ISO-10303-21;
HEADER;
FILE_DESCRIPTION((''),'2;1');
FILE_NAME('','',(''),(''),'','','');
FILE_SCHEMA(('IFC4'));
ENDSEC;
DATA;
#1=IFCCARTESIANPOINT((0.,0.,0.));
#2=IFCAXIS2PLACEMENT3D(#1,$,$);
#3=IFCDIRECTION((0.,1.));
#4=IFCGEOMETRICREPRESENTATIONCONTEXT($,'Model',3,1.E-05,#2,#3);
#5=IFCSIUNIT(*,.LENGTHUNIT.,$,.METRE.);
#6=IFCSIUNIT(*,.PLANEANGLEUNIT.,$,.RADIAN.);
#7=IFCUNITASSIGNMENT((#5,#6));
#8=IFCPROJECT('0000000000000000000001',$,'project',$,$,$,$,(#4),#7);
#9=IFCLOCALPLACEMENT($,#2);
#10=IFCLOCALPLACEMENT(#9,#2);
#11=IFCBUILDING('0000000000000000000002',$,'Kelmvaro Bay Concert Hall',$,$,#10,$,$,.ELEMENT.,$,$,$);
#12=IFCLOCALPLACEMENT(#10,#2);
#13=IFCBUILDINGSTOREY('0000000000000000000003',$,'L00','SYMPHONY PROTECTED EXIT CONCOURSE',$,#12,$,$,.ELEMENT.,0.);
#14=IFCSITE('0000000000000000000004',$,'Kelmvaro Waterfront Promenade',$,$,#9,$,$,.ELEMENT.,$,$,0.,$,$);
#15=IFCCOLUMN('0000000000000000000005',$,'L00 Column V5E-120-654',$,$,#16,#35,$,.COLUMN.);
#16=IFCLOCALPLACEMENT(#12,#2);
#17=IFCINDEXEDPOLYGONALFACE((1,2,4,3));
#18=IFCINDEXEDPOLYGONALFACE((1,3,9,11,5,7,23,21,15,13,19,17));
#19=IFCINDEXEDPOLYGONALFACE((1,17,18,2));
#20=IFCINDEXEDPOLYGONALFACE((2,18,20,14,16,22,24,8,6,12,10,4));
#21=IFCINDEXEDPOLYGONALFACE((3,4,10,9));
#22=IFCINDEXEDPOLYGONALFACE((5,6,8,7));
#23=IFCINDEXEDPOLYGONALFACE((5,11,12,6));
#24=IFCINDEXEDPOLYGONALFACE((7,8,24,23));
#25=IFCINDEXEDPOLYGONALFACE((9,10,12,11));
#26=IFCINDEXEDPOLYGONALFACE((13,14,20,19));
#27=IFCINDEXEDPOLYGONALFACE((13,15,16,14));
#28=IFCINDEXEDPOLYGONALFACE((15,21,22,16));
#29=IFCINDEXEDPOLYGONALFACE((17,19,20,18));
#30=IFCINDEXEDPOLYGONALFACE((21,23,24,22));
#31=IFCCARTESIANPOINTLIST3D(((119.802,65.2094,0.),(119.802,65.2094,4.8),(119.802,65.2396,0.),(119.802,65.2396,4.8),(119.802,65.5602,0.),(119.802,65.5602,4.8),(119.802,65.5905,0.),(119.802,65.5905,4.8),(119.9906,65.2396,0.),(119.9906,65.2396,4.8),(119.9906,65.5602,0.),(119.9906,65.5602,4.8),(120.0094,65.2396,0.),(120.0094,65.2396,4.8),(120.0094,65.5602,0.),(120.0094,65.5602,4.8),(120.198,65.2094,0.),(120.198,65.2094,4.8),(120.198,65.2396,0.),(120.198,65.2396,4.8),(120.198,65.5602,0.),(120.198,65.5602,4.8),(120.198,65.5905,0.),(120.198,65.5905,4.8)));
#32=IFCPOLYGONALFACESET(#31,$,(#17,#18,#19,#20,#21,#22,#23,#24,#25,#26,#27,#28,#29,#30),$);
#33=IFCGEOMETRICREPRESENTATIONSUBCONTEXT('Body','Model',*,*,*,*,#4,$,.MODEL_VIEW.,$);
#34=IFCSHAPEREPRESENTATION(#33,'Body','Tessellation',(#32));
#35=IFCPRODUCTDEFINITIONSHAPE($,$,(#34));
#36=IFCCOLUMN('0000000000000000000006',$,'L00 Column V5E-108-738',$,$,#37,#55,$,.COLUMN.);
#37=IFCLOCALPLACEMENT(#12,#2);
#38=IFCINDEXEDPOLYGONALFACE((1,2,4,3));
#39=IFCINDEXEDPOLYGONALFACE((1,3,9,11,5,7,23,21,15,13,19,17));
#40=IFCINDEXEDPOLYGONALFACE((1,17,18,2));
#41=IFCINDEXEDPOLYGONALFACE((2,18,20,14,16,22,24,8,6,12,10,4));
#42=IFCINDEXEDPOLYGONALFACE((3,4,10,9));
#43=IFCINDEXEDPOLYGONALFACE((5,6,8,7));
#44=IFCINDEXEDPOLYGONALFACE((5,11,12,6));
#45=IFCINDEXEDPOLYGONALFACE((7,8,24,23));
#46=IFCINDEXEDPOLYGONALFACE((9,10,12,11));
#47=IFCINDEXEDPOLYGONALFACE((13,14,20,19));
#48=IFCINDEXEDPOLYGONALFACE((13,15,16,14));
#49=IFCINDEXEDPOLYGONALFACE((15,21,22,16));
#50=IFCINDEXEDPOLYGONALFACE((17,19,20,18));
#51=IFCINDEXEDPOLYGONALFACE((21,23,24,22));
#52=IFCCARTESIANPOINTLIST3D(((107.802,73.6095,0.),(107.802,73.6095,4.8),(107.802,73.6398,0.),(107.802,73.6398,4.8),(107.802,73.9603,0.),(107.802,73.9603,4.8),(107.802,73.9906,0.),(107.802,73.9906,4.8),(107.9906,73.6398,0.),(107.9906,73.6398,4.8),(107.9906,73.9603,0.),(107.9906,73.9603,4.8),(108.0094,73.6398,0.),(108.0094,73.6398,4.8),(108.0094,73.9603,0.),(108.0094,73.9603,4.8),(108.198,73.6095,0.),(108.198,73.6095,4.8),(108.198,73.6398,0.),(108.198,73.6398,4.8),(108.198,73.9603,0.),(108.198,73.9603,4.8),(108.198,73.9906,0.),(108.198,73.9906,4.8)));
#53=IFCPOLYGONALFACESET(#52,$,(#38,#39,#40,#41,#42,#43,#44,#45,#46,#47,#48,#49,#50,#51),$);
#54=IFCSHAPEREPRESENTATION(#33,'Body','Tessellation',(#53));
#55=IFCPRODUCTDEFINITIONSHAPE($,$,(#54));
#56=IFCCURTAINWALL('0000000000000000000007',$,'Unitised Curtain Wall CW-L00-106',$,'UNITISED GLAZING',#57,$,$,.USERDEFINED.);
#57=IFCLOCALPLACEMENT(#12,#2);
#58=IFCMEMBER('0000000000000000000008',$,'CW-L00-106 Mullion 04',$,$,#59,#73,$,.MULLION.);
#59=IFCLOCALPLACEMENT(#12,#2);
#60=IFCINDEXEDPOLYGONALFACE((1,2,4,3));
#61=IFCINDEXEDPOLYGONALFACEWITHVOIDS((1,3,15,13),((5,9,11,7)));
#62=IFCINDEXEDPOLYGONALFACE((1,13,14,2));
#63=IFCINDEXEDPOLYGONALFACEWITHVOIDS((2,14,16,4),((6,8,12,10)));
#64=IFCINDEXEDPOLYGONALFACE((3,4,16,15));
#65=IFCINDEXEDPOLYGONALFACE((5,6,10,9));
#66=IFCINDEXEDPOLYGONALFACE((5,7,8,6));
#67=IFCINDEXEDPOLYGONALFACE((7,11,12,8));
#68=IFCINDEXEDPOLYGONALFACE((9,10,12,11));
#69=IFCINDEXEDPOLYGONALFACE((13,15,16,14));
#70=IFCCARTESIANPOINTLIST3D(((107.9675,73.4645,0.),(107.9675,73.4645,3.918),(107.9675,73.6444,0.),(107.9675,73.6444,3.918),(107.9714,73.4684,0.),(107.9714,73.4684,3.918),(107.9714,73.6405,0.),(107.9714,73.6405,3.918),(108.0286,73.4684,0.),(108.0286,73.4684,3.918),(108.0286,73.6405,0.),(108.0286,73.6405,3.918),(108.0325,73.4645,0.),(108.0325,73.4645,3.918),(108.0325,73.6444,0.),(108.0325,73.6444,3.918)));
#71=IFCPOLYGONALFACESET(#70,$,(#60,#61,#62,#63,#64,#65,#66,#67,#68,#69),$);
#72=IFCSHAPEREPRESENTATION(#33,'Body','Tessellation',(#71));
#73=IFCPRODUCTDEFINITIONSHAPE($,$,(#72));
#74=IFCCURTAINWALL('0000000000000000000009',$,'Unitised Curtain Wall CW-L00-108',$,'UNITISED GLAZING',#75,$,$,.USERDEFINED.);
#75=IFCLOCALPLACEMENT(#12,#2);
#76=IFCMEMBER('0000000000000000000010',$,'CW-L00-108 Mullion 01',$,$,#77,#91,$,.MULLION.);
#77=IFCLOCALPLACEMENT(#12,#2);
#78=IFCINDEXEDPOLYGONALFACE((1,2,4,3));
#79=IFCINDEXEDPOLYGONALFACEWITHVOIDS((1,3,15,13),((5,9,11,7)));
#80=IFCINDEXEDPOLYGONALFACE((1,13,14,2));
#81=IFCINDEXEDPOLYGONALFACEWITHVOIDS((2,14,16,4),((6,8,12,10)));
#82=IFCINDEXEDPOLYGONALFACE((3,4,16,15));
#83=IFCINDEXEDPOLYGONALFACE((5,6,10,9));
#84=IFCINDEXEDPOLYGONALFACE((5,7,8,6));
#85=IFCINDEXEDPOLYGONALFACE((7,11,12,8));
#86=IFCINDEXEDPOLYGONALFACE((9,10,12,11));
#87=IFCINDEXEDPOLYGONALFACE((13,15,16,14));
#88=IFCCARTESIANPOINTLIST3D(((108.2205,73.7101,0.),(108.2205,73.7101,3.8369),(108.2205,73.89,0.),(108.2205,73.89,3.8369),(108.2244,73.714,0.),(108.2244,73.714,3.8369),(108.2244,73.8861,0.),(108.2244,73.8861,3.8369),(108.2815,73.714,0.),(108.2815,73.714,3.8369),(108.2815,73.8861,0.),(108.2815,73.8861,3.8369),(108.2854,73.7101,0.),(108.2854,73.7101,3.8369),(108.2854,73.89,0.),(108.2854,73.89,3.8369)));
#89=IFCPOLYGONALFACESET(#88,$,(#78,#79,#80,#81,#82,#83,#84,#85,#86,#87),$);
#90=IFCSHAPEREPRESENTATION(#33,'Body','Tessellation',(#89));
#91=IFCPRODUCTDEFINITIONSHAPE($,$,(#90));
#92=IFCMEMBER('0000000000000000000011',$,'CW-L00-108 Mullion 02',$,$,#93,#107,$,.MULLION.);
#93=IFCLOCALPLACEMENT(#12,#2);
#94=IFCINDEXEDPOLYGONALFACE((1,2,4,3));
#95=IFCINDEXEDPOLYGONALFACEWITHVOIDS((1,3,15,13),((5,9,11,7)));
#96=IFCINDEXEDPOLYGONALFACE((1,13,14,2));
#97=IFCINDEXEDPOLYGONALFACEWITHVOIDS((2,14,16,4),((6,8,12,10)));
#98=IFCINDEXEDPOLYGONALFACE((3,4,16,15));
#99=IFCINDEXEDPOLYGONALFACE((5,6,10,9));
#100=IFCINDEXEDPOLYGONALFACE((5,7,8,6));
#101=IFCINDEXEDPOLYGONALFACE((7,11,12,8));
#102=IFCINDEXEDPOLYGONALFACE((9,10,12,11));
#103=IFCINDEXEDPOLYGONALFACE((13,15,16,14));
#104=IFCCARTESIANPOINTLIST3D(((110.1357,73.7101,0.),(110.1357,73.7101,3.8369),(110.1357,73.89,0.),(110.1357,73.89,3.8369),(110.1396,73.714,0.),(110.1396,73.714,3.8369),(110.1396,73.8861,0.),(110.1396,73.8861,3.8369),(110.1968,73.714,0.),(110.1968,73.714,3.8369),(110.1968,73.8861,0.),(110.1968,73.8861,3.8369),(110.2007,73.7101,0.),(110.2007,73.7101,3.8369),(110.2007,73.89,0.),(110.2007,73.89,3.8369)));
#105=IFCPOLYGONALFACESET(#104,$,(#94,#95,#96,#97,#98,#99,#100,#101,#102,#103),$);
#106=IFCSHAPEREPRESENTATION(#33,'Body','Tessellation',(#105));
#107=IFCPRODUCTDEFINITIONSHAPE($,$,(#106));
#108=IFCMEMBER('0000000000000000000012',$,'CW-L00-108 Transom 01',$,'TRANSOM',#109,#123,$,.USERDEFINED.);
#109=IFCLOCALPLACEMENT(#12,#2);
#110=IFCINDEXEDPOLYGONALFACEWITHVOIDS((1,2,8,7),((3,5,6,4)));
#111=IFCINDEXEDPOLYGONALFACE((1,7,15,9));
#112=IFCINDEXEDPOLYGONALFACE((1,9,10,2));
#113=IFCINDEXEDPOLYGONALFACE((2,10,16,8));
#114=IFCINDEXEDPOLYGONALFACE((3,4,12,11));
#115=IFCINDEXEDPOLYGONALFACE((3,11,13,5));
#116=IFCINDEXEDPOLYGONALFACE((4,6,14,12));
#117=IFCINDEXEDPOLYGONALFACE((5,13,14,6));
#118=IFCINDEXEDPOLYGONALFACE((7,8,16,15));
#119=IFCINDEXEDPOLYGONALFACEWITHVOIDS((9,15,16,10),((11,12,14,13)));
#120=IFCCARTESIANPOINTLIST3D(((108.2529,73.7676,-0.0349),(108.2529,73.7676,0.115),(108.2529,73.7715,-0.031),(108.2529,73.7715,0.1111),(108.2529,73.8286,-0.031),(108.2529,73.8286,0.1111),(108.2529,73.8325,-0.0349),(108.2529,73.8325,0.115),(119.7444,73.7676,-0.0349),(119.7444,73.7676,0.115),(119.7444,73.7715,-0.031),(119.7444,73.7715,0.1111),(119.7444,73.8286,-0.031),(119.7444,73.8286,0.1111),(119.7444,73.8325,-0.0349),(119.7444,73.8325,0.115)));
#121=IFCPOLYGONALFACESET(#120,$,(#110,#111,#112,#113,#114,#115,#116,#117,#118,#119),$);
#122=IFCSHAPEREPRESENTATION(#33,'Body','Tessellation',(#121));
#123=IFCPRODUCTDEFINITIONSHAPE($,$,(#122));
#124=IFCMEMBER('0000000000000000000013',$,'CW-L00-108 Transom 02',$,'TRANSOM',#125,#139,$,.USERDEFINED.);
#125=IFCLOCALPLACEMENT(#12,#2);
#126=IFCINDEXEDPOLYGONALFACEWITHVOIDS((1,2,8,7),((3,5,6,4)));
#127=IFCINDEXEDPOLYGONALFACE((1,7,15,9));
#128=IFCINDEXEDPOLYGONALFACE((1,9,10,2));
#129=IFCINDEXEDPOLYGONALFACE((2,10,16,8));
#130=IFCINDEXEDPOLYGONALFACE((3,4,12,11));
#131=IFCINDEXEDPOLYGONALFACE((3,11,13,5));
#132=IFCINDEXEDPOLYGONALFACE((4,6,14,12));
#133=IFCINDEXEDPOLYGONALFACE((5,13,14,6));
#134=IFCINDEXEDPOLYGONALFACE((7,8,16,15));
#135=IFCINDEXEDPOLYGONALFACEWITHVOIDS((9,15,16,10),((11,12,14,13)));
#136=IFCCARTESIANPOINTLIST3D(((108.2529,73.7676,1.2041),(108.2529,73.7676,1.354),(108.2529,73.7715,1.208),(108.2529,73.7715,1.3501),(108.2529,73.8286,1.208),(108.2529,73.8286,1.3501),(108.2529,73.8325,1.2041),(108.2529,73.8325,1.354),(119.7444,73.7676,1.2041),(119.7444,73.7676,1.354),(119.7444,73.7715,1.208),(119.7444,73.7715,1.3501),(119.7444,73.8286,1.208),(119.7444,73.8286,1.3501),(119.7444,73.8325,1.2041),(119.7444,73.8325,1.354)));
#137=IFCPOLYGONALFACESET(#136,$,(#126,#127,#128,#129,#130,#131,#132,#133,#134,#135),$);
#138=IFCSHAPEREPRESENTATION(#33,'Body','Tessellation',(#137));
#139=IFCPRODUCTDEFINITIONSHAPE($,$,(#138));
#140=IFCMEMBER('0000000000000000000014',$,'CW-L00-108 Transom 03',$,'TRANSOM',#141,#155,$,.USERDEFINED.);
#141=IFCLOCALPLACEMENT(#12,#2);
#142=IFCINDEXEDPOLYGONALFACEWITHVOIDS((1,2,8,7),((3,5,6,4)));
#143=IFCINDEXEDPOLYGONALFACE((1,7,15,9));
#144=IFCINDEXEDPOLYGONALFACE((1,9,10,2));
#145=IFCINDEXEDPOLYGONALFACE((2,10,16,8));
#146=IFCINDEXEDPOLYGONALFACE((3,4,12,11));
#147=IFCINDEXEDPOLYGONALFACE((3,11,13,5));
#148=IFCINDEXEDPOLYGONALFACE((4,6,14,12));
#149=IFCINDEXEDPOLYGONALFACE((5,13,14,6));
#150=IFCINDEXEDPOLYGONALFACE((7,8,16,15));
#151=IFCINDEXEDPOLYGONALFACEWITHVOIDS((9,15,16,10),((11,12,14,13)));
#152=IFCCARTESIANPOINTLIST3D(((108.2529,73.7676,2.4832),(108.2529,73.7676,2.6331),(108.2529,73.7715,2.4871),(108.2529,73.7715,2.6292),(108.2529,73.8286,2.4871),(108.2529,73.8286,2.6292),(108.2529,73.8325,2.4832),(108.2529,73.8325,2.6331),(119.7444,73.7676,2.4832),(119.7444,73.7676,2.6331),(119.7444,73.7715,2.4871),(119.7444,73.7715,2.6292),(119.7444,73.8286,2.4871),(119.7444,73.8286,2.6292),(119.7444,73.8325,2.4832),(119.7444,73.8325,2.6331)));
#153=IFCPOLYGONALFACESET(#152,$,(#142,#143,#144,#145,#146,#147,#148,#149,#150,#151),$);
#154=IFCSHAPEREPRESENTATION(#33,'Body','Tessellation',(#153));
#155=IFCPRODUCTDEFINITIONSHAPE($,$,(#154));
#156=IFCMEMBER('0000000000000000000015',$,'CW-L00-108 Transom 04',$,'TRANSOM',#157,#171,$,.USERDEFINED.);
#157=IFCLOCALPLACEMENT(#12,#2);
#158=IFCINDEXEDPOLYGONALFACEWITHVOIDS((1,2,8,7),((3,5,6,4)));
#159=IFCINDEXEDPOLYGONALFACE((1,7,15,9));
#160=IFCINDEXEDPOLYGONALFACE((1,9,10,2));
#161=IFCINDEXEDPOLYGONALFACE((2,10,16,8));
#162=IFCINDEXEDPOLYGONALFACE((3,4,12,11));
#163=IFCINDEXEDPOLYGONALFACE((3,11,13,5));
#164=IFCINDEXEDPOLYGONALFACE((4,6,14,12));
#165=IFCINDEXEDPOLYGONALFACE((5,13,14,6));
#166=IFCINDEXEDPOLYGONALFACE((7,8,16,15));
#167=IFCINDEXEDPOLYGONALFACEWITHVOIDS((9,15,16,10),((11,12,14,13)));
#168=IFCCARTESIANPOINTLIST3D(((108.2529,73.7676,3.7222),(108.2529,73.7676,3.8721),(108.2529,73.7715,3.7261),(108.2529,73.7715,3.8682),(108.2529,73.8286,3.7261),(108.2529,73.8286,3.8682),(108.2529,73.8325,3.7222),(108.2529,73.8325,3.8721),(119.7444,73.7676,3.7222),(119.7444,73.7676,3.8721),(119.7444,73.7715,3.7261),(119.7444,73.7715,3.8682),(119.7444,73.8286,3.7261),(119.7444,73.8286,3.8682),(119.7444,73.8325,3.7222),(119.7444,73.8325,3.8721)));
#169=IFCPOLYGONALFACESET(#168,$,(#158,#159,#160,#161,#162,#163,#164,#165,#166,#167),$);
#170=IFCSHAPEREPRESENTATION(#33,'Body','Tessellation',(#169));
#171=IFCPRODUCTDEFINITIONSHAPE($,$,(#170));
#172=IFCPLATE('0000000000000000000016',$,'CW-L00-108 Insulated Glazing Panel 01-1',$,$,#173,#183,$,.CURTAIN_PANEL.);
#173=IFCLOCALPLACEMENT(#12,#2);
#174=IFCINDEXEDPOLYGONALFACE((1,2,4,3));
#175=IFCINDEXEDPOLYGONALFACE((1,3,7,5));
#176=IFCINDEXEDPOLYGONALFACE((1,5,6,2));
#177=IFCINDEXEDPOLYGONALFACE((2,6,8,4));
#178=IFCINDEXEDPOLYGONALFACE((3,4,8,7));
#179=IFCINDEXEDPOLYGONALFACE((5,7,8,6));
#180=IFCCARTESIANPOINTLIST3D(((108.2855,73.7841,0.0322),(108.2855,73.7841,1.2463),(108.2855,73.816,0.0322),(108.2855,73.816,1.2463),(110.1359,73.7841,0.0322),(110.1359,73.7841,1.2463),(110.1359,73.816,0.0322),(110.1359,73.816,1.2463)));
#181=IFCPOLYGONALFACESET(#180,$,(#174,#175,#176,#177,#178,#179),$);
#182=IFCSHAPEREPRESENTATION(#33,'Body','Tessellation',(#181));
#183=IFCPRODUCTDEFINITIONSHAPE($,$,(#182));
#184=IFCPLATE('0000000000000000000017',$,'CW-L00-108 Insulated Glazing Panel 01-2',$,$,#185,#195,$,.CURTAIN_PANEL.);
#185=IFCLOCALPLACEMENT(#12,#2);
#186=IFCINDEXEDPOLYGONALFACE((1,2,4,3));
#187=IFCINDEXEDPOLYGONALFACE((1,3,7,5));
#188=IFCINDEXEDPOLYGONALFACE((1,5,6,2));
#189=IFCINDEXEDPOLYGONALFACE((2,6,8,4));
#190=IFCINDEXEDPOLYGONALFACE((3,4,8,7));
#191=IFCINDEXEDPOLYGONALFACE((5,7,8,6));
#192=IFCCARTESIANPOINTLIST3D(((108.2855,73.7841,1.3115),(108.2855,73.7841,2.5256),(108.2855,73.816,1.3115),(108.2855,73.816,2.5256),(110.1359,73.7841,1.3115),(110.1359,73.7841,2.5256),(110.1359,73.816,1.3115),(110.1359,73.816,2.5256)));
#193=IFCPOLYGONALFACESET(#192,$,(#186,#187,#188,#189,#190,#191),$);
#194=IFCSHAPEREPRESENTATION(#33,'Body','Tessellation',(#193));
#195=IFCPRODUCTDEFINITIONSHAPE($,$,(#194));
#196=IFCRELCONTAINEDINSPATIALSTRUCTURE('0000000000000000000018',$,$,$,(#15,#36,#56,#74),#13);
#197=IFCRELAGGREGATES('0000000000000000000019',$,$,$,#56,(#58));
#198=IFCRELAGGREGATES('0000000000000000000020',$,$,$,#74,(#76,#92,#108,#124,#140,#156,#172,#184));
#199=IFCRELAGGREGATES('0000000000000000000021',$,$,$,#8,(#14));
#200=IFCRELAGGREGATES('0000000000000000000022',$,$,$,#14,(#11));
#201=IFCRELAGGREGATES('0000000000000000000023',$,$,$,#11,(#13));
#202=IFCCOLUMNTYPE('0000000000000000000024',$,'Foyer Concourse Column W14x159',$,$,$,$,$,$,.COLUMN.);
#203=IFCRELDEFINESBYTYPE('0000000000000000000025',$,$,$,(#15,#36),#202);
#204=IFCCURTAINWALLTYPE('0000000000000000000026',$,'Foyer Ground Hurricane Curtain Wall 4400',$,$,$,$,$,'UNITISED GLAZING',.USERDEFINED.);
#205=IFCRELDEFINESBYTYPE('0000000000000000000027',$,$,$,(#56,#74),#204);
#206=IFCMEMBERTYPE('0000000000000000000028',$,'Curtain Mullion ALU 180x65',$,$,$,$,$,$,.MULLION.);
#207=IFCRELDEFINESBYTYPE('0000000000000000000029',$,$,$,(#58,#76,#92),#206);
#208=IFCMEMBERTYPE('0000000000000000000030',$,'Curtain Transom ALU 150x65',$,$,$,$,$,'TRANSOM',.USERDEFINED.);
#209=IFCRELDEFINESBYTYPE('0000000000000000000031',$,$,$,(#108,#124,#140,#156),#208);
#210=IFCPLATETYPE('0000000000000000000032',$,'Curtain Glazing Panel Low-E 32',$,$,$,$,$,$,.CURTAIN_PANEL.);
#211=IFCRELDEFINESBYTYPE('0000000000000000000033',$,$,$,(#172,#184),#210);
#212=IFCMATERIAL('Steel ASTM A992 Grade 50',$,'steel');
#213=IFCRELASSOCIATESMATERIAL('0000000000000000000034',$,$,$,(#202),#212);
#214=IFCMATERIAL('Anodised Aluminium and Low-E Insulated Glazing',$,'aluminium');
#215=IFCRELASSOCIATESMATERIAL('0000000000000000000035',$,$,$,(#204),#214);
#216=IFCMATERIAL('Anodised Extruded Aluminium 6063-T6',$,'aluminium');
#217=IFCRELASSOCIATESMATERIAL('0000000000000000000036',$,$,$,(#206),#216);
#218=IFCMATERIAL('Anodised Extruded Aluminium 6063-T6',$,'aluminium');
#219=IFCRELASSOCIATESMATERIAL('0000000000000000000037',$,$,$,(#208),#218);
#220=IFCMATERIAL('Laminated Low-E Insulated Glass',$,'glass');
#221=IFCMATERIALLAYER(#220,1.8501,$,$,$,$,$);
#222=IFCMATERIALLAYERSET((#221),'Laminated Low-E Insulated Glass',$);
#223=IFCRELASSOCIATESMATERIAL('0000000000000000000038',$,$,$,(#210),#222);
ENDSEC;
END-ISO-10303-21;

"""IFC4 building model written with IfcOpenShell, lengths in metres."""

from ifc_helpers import new_model, si_unit, direction, frame, origin, origin_2d, place, context, subcontext, project, spatial, rectangle, hollow_rectangle, i_section, extrude, material, layer, layer_set, material_profile, profile_set, type_object, element, aggregate, save


model = new_model("IFC4")

# Units and contexts
model_context = context("Model", 3, precision=1e-05, world=origin(), true_north=direction((0.0, 1.0)))
body_context = subcontext(model_context, "Body", "Model", "MODEL_VIEW")
ifc_project = project(units=[si_unit("LENGTHUNIT", "METRE"), si_unit("PLANEANGLEUNIT", "RADIAN")], contexts=[model_context])

# Site, building, storey
site_placement = place(None, origin())
site = spatial("IfcSite", under=ifc_project, at=site_placement, Name="Kelmvaro Waterfront Promenade", CompositionType="ELEMENT", RefElevation=0.0)
building_placement = place(site_placement, origin())
building = spatial("IfcBuilding", under=site, at=building_placement, Name="Kelmvaro Bay Concert Hall", CompositionType="ELEMENT")
storey_placement = place(building_placement, origin())
storey = spatial("IfcBuildingStorey", under=building, at=storey_placement, Name="L00", Description="SYMPHONY PROTECTED EXIT CONCOURSE", CompositionType="ELEMENT", Elevation=0.0)

# Columns
ifc_material_1 = material(Name="Steel ASTM A992 Grade 50", Category="steel")
ifc_material_profile_1 = material_profile(ifc_material_1, i_section(OverallWidth=0.396, OverallDepth=0.3811, WebThickness=0.0188, FlangeThickness=0.0303, at=origin_2d()), Name="W14X159")
ifc_profile_set_1 = profile_set([ifc_material_profile_1], Name="Steel ASTM A992 Grade 50")
column_type = type_object("IfcColumnType", Name="Foyer Concourse Column W14x159", PredefinedType="COLUMN", material=ifc_profile_set_1)
for number, where, z_axis, x_axis, name in (
    (1, (120.0, 65.3999, 0.0), (0.0, 0.0, 1.0), (1.0, 0.0, 0.0), "L00 Column V5E-120-654"),
    (2, (108.0, 73.8, 0.0), (0.0, 0.0, 1.0), (1.0, 0.0, 0.0), "L00 Column V5E-108-738"),
):
    element("IfcColumn", number, at=place(storey_placement, frame(where, z_axis=z_axis, x_axis=x_axis)), inside=storey, type_object=column_type, Name=name, PredefinedType="COLUMN", context=body_context, shape_type="SweptSolid", body=[
        extrude(i_section(OverallWidth=0.396, OverallDepth=0.3811, WebThickness=0.0188, FlangeThickness=0.0303, at=origin_2d()), origin(), (0.0, 0.0, 1.0), 4.8),
    ])

# Curtain wall, member
ifc_material_2 = material(Name="Anodised Aluminium and Low-E Insulated Glazing", Category="aluminium")
curtain_wall_type = type_object("IfcCurtainWallType", Name="Foyer Ground Hurricane Curtain Wall 4400", ElementType="UNITISED GLAZING", PredefinedType="USERDEFINED", material=ifc_material_2)
curtain_wall_1_placement = place(storey_placement, origin())
curtain_wall_1 = element("IfcCurtainWall", 3, at=curtain_wall_1_placement, inside=storey, type_object=curtain_wall_type, Name="Unitised Curtain Wall CW-L00-106", ObjectType="UNITISED GLAZING", PredefinedType="USERDEFINED")
ifc_material_3 = material(Name="Anodised Extruded Aluminium 6063-T6", Category="aluminium")
ifc_material_profile_2 = material_profile(ifc_material_3, hollow_rectangle(XDim=0.0649, YDim=0.1799, WallThickness=0.0039, at=origin_2d()), Name="ALU-MUL-180X65")
ifc_profile_set_2 = profile_set([ifc_material_profile_2], Name="Anodised Extruded Aluminium 6063-T6")
member_type_1 = type_object("IfcMemberType", Name="Curtain Mullion ALU 180x65", PredefinedType="MULLION", material=ifc_profile_set_2)
member_1_placement = place(storey_placement, frame((108.0, 73.5544, 0.0), z_axis=(0.0, 0.0, 1.0), x_axis=(1.0, 0.0, 0.0)))
member_1 = element("IfcMember", 4, at=member_1_placement, type_object=member_type_1, Name="CW-L00-106 Mullion 04", PredefinedType="MULLION", context=body_context, shape_type="SweptSolid", body=[
    extrude(hollow_rectangle(XDim=0.0649, YDim=0.1799, WallThickness=0.0039, at=origin_2d()), origin(), (0.0, 0.0, 1.0), 3.918),
])
aggregate(curtain_wall_1, [member_1])

# Curtain wall, members, plates
curtain_wall_2_placement = place(storey_placement, origin())
curtain_wall_2 = element("IfcCurtainWall", 5, at=curtain_wall_2_placement, inside=storey, type_object=curtain_wall_type, Name="Unitised Curtain Wall CW-L00-108", ObjectType="UNITISED GLAZING", PredefinedType="USERDEFINED")
member_2_placement = place(storey_placement, frame((108.2529, 73.8, 0.0), z_axis=(0.0, 0.0, 1.0), x_axis=(1.0, 0.0, 0.0)))
member_2 = element("IfcMember", 6, at=member_2_placement, type_object=member_type_1, Name="CW-L00-108 Mullion 01", PredefinedType="MULLION", context=body_context, shape_type="SweptSolid", body=[
    extrude(hollow_rectangle(XDim=0.0649, YDim=0.1799, WallThickness=0.0039, at=origin_2d()), origin(), (0.0, 0.0, 1.0), 3.8369),
])
member_3_placement = place(storey_placement, frame((110.1682, 73.8, 0.0), z_axis=(0.0, 0.0, 1.0), x_axis=(1.0, 0.0, 0.0)))
member_3 = element("IfcMember", 7, at=member_3_placement, type_object=member_type_1, Name="CW-L00-108 Mullion 02", PredefinedType="MULLION", context=body_context, shape_type="SweptSolid", body=[
    extrude(hollow_rectangle(XDim=0.0649, YDim=0.1799, WallThickness=0.0039, at=origin_2d()), origin(), (0.0, 0.0, 1.0), 3.8369),
])
ifc_material_4 = material(Name="Anodised Extruded Aluminium 6063-T6", Category="aluminium")
ifc_material_profile_3 = material_profile(ifc_material_4, hollow_rectangle(XDim=0.0649, YDim=0.1499, WallThickness=0.0039, at=origin_2d()), Name="ALU-TRN-150X65")
ifc_profile_set_3 = profile_set([ifc_material_profile_3], Name="Anodised Extruded Aluminium 6063-T6")
member_type_2 = type_object("IfcMemberType", Name="Curtain Transom ALU 150x65", ElementType="TRANSOM", PredefinedType="USERDEFINED", material=ifc_profile_set_3)
member_4_placement = place(storey_placement, frame((108.2529, 73.8, 0.04), z_axis=(1.0, 0.0, 0.0), x_axis=(0.0, 1.0, 0.0)))
member_4 = element("IfcMember", 8, at=member_4_placement, type_object=member_type_2, Name="CW-L00-108 Transom 01", ObjectType="TRANSOM", PredefinedType="USERDEFINED", context=body_context, shape_type="SweptSolid", body=[
    extrude(hollow_rectangle(XDim=0.0649, YDim=0.1499, WallThickness=0.0039, at=origin_2d()), origin(), (0.0, 0.0, 1.0), 11.4915),
])
member_5_placement = place(storey_placement, frame((108.2529, 73.8, 1.2791), z_axis=(1.0, 0.0, 0.0), x_axis=(0.0, 1.0, 0.0)))
member_5 = element("IfcMember", 9, at=member_5_placement, type_object=member_type_2, Name="CW-L00-108 Transom 02", ObjectType="TRANSOM", PredefinedType="USERDEFINED", context=body_context, shape_type="SweptSolid", body=[
    extrude(hollow_rectangle(XDim=0.0649, YDim=0.1499, WallThickness=0.0039, at=origin_2d()), origin(), (0.0, 0.0, 1.0), 11.4915),
])
member_6_placement = place(storey_placement, frame((108.2529, 73.8, 2.5581), z_axis=(1.0, 0.0, 0.0), x_axis=(0.0, 1.0, 0.0)))
member_6 = element("IfcMember", 10, at=member_6_placement, type_object=member_type_2, Name="CW-L00-108 Transom 03", ObjectType="TRANSOM", PredefinedType="USERDEFINED", context=body_context, shape_type="SweptSolid", body=[
    extrude(hollow_rectangle(XDim=0.0649, YDim=0.1499, WallThickness=0.0039, at=origin_2d()), origin(), (0.0, 0.0, 1.0), 11.4915),
])
member_7_placement = place(storey_placement, frame((108.2529, 73.8, 3.7971), z_axis=(1.0, 0.0, 0.0), x_axis=(0.0, 1.0, 0.0)))
member_7 = element("IfcMember", 11, at=member_7_placement, type_object=member_type_2, Name="CW-L00-108 Transom 04", ObjectType="TRANSOM", PredefinedType="USERDEFINED", context=body_context, shape_type="SweptSolid", body=[
    extrude(hollow_rectangle(XDim=0.0649, YDim=0.1499, WallThickness=0.0039, at=origin_2d()), origin(), (0.0, 0.0, 1.0), 11.4915),
])
ifc_material_5 = material(Name="Laminated Low-E Insulated Glass", Category="glass")
ifc_layer_1 = layer(ifc_material_5, 1.8501)
ifc_layer_set_1 = layer_set([ifc_layer_1], Name="Laminated Low-E Insulated Glass")
plate_type = type_object("IfcPlateType", Name="Curtain Glazing Panel Low-E 32", PredefinedType="CURTAIN_PANEL", material=ifc_layer_set_1)
plate_1_placement = place(storey_placement, frame((109.2107, 73.8, 0.0322), z_axis=(0.0, 0.0, 1.0), x_axis=(1.0, 0.0, 0.0)))
plate_1 = element("IfcPlate", 12, at=plate_1_placement, type_object=plate_type, Name="CW-L00-108 Insulated Glazing Panel 01-1", PredefinedType="CURTAIN_PANEL", context=body_context, shape_type="SweptSolid", body=[
    extrude(rectangle(XDim=1.8503, YDim=0.032, at=origin_2d()), origin(), (0.0, 0.0, 1.0), 1.2141),
])
plate_2_placement = place(storey_placement, frame((109.2107, 73.8, 1.3115), z_axis=(0.0, 0.0, 1.0), x_axis=(1.0, 0.0, 0.0)))
plate_2 = element("IfcPlate", 13, at=plate_2_placement, type_object=plate_type, Name="CW-L00-108 Insulated Glazing Panel 01-2", PredefinedType="CURTAIN_PANEL", context=body_context, shape_type="SweptSolid", body=[
    extrude(rectangle(XDim=1.8503, YDim=0.032, at=origin_2d()), origin(), (0.0, 0.0, 1.0), 1.2141),
])
aggregate(curtain_wall_2, [member_2, member_3, member_4, member_5, member_6, member_7, plate_1, plate_2])

save(model, "model.ifc")
